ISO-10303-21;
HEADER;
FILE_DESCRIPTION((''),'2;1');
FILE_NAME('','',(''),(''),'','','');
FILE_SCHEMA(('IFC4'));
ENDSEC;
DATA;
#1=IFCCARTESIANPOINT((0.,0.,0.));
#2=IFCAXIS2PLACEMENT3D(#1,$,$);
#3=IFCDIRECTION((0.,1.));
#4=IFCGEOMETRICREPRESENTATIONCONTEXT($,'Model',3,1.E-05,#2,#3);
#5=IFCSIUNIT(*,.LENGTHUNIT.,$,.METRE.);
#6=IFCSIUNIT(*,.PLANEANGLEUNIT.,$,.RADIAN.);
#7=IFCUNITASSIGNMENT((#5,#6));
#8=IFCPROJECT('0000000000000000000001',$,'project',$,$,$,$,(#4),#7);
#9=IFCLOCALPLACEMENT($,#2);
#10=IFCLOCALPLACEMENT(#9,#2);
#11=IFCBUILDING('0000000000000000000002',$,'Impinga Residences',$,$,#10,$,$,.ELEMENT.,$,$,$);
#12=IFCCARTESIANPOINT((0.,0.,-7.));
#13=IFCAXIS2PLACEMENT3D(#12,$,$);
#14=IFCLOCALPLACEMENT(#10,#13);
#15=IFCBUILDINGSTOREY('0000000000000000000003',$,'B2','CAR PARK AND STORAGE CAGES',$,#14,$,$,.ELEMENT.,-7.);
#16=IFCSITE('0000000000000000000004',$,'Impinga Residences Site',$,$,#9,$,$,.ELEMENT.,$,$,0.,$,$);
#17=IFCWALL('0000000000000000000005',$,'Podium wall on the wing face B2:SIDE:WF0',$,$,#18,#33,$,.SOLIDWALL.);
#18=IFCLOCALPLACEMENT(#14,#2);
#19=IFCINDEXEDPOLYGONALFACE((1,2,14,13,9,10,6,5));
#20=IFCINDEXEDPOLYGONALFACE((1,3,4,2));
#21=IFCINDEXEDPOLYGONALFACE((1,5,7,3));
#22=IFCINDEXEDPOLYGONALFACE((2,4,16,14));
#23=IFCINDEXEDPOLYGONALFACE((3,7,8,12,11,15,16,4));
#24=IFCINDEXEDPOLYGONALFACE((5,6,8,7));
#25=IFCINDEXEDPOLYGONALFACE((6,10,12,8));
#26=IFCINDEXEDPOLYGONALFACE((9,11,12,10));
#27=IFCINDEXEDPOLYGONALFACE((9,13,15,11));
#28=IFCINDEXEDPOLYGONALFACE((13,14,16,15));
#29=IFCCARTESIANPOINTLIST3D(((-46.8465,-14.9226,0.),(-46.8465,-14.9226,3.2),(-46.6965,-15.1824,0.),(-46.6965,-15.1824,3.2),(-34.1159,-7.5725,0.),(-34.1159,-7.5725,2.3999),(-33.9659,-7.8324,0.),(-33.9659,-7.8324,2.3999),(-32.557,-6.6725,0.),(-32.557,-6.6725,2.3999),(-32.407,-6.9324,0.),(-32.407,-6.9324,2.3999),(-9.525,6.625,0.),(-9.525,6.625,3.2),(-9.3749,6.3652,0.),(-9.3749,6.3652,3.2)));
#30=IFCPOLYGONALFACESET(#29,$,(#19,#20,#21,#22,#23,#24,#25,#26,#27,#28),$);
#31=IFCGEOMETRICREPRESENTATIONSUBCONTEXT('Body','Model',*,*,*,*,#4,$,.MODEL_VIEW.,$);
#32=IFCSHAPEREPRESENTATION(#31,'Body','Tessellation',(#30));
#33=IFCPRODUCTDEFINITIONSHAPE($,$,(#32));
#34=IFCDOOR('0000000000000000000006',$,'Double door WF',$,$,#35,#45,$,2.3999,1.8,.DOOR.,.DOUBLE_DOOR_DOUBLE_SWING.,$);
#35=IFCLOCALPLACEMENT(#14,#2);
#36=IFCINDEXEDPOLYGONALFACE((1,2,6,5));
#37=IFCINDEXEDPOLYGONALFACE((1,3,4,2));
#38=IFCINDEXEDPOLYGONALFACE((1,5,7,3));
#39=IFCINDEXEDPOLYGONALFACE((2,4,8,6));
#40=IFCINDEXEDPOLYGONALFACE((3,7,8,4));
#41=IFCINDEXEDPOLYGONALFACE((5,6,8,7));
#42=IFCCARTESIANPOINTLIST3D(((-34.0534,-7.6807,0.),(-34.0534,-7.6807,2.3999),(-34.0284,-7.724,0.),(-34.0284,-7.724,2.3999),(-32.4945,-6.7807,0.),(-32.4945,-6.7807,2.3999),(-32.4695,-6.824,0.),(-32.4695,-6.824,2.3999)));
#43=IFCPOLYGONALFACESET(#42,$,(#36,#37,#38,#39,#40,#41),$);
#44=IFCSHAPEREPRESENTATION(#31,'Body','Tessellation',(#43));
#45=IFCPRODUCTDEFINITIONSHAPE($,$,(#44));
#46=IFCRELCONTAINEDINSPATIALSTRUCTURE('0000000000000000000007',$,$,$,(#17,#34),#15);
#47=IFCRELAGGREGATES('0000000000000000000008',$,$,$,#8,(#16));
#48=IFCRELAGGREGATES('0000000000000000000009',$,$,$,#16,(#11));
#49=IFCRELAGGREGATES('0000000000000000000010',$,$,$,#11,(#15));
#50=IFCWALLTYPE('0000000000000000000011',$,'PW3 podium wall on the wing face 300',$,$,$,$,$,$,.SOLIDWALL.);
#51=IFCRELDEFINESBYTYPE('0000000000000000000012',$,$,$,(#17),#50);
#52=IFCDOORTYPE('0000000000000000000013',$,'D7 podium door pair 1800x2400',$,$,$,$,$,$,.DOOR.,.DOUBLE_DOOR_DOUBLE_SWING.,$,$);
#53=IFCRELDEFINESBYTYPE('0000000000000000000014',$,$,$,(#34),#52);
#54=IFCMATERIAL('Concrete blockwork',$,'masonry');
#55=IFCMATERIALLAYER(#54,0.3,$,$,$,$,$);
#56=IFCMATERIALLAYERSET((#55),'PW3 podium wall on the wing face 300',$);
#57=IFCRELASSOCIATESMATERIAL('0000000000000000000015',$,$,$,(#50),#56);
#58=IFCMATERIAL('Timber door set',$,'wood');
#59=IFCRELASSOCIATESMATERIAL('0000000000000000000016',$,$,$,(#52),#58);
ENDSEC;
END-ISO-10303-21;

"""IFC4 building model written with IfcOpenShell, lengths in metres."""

from ifc_helpers import new_model, si_unit, direction, frame, frame_2d, origin, place, context, subcontext, project, spatial, rectangle, extrude, material, layer, layer_set, type_object, element, fill, save


model = new_model("IFC4")

# Units and contexts
model_context = context("Model", 3, precision=1e-05, world=origin(), true_north=direction((0.0, 1.0)))
body_context = subcontext(model_context, "Body", "Model", "MODEL_VIEW")
ifc_project = project(units=[si_unit("LENGTHUNIT", "METRE"), si_unit("PLANEANGLEUNIT", "RADIAN")], contexts=[model_context])

# Site, building, storey
site_placement = place(None, origin())
site = spatial("IfcSite", under=ifc_project, at=site_placement, Name="Impinga Residences Site", CompositionType="ELEMENT", RefElevation=0.0)
building_placement = place(site_placement, origin())
building = spatial("IfcBuilding", under=site, at=building_placement, Name="Impinga Residences", CompositionType="ELEMENT")
storey_placement = place(building_placement, frame((0.0, 0.0, -7.0)))
storey = spatial("IfcBuildingStorey", under=building, at=storey_placement, Name="B2", Description="CAR PARK AND STORAGE CAGES", CompositionType="ELEMENT", Elevation=-7.0)

# Wall, opening, door
ifc_material_1 = material(Name="Concrete blockwork", Category="masonry")
ifc_layer = layer(ifc_material_1, 0.3)
ifc_layer_set = layer_set([ifc_layer], Name="PW3 podium wall on the wing face 300")
wall_type = type_object("IfcWallType", Name="PW3 podium wall on the wing face 300", PredefinedType="SOLIDWALL", material=ifc_layer_set)
ifc_material_2 = material(Name="Timber door set", Category="wood")
door_type = type_object("IfcDoorType", Name="D7 podium door pair 1800x2400", OperationType="DOUBLE_DOOR_DOUBLE_SWING", PredefinedType="DOOR", material=ifc_material_2)
wall_1_placement = place(storey_placement, frame((-9.45, 6.4951, 0.0), z_axis=(0.0, 0.0, 1.0), x_axis=(-0.866025, -0.5, 0.0)))
wall_1 = element("IfcWall", 1, at=wall_1_placement, inside=storey, type_object=wall_type, Name="Podium wall on the wing face B2:SIDE:WF0", PredefinedType="SOLIDWALL", context=body_context, shape_type="SweptSolid", body=[
    extrude(rectangle(XDim=43.0952, YDim=0.3, at=frame_2d((21.5476, 0.0))), origin(), (0.0, 0.0, 1.0), 3.2),
])
opening_1_placement = place(wall_1_placement, frame((26.5952, 0.0, 0.0)))
opening_1 = element("IfcOpeningElement", 2, at=opening_1_placement, cuts=wall_1, PredefinedType="OPENING", context=body_context, shape_type="SweptSolid", body=[
    extrude(rectangle(XDim=1.8, YDim=2.3999, at=frame_2d((0.8999, 1.2))), frame((0.0, 0.1599, 0.0), z_axis=(0.0, -1.0, 0.0), x_axis=(1.0, 0.0, 0.0)), (0.0, 0.0, 1.0), 0.3201),
])
door_1_placement = place(opening_1_placement, origin())
door_1 = element("IfcDoor", 3, at=door_1_placement, inside=storey, type_object=door_type, Name="Double door WF", OperationType="DOUBLE_DOOR_DOUBLE_SWING", OverallHeight=2.3999, OverallWidth=1.8, PredefinedType="DOOR", context=body_context, shape_type="SweptSolid", body=[
    extrude(rectangle(XDim=1.8, YDim=2.3999, at=frame_2d((0.8999, 1.2))), frame((0.0, 0.0249, 0.0), z_axis=(0.0, -1.0, 0.0), x_axis=(1.0, 0.0, 0.0)), (0.0, 0.0, 1.0), 0.05),
])
fill(opening_1, door_1)

save(model, "model.ifc")
